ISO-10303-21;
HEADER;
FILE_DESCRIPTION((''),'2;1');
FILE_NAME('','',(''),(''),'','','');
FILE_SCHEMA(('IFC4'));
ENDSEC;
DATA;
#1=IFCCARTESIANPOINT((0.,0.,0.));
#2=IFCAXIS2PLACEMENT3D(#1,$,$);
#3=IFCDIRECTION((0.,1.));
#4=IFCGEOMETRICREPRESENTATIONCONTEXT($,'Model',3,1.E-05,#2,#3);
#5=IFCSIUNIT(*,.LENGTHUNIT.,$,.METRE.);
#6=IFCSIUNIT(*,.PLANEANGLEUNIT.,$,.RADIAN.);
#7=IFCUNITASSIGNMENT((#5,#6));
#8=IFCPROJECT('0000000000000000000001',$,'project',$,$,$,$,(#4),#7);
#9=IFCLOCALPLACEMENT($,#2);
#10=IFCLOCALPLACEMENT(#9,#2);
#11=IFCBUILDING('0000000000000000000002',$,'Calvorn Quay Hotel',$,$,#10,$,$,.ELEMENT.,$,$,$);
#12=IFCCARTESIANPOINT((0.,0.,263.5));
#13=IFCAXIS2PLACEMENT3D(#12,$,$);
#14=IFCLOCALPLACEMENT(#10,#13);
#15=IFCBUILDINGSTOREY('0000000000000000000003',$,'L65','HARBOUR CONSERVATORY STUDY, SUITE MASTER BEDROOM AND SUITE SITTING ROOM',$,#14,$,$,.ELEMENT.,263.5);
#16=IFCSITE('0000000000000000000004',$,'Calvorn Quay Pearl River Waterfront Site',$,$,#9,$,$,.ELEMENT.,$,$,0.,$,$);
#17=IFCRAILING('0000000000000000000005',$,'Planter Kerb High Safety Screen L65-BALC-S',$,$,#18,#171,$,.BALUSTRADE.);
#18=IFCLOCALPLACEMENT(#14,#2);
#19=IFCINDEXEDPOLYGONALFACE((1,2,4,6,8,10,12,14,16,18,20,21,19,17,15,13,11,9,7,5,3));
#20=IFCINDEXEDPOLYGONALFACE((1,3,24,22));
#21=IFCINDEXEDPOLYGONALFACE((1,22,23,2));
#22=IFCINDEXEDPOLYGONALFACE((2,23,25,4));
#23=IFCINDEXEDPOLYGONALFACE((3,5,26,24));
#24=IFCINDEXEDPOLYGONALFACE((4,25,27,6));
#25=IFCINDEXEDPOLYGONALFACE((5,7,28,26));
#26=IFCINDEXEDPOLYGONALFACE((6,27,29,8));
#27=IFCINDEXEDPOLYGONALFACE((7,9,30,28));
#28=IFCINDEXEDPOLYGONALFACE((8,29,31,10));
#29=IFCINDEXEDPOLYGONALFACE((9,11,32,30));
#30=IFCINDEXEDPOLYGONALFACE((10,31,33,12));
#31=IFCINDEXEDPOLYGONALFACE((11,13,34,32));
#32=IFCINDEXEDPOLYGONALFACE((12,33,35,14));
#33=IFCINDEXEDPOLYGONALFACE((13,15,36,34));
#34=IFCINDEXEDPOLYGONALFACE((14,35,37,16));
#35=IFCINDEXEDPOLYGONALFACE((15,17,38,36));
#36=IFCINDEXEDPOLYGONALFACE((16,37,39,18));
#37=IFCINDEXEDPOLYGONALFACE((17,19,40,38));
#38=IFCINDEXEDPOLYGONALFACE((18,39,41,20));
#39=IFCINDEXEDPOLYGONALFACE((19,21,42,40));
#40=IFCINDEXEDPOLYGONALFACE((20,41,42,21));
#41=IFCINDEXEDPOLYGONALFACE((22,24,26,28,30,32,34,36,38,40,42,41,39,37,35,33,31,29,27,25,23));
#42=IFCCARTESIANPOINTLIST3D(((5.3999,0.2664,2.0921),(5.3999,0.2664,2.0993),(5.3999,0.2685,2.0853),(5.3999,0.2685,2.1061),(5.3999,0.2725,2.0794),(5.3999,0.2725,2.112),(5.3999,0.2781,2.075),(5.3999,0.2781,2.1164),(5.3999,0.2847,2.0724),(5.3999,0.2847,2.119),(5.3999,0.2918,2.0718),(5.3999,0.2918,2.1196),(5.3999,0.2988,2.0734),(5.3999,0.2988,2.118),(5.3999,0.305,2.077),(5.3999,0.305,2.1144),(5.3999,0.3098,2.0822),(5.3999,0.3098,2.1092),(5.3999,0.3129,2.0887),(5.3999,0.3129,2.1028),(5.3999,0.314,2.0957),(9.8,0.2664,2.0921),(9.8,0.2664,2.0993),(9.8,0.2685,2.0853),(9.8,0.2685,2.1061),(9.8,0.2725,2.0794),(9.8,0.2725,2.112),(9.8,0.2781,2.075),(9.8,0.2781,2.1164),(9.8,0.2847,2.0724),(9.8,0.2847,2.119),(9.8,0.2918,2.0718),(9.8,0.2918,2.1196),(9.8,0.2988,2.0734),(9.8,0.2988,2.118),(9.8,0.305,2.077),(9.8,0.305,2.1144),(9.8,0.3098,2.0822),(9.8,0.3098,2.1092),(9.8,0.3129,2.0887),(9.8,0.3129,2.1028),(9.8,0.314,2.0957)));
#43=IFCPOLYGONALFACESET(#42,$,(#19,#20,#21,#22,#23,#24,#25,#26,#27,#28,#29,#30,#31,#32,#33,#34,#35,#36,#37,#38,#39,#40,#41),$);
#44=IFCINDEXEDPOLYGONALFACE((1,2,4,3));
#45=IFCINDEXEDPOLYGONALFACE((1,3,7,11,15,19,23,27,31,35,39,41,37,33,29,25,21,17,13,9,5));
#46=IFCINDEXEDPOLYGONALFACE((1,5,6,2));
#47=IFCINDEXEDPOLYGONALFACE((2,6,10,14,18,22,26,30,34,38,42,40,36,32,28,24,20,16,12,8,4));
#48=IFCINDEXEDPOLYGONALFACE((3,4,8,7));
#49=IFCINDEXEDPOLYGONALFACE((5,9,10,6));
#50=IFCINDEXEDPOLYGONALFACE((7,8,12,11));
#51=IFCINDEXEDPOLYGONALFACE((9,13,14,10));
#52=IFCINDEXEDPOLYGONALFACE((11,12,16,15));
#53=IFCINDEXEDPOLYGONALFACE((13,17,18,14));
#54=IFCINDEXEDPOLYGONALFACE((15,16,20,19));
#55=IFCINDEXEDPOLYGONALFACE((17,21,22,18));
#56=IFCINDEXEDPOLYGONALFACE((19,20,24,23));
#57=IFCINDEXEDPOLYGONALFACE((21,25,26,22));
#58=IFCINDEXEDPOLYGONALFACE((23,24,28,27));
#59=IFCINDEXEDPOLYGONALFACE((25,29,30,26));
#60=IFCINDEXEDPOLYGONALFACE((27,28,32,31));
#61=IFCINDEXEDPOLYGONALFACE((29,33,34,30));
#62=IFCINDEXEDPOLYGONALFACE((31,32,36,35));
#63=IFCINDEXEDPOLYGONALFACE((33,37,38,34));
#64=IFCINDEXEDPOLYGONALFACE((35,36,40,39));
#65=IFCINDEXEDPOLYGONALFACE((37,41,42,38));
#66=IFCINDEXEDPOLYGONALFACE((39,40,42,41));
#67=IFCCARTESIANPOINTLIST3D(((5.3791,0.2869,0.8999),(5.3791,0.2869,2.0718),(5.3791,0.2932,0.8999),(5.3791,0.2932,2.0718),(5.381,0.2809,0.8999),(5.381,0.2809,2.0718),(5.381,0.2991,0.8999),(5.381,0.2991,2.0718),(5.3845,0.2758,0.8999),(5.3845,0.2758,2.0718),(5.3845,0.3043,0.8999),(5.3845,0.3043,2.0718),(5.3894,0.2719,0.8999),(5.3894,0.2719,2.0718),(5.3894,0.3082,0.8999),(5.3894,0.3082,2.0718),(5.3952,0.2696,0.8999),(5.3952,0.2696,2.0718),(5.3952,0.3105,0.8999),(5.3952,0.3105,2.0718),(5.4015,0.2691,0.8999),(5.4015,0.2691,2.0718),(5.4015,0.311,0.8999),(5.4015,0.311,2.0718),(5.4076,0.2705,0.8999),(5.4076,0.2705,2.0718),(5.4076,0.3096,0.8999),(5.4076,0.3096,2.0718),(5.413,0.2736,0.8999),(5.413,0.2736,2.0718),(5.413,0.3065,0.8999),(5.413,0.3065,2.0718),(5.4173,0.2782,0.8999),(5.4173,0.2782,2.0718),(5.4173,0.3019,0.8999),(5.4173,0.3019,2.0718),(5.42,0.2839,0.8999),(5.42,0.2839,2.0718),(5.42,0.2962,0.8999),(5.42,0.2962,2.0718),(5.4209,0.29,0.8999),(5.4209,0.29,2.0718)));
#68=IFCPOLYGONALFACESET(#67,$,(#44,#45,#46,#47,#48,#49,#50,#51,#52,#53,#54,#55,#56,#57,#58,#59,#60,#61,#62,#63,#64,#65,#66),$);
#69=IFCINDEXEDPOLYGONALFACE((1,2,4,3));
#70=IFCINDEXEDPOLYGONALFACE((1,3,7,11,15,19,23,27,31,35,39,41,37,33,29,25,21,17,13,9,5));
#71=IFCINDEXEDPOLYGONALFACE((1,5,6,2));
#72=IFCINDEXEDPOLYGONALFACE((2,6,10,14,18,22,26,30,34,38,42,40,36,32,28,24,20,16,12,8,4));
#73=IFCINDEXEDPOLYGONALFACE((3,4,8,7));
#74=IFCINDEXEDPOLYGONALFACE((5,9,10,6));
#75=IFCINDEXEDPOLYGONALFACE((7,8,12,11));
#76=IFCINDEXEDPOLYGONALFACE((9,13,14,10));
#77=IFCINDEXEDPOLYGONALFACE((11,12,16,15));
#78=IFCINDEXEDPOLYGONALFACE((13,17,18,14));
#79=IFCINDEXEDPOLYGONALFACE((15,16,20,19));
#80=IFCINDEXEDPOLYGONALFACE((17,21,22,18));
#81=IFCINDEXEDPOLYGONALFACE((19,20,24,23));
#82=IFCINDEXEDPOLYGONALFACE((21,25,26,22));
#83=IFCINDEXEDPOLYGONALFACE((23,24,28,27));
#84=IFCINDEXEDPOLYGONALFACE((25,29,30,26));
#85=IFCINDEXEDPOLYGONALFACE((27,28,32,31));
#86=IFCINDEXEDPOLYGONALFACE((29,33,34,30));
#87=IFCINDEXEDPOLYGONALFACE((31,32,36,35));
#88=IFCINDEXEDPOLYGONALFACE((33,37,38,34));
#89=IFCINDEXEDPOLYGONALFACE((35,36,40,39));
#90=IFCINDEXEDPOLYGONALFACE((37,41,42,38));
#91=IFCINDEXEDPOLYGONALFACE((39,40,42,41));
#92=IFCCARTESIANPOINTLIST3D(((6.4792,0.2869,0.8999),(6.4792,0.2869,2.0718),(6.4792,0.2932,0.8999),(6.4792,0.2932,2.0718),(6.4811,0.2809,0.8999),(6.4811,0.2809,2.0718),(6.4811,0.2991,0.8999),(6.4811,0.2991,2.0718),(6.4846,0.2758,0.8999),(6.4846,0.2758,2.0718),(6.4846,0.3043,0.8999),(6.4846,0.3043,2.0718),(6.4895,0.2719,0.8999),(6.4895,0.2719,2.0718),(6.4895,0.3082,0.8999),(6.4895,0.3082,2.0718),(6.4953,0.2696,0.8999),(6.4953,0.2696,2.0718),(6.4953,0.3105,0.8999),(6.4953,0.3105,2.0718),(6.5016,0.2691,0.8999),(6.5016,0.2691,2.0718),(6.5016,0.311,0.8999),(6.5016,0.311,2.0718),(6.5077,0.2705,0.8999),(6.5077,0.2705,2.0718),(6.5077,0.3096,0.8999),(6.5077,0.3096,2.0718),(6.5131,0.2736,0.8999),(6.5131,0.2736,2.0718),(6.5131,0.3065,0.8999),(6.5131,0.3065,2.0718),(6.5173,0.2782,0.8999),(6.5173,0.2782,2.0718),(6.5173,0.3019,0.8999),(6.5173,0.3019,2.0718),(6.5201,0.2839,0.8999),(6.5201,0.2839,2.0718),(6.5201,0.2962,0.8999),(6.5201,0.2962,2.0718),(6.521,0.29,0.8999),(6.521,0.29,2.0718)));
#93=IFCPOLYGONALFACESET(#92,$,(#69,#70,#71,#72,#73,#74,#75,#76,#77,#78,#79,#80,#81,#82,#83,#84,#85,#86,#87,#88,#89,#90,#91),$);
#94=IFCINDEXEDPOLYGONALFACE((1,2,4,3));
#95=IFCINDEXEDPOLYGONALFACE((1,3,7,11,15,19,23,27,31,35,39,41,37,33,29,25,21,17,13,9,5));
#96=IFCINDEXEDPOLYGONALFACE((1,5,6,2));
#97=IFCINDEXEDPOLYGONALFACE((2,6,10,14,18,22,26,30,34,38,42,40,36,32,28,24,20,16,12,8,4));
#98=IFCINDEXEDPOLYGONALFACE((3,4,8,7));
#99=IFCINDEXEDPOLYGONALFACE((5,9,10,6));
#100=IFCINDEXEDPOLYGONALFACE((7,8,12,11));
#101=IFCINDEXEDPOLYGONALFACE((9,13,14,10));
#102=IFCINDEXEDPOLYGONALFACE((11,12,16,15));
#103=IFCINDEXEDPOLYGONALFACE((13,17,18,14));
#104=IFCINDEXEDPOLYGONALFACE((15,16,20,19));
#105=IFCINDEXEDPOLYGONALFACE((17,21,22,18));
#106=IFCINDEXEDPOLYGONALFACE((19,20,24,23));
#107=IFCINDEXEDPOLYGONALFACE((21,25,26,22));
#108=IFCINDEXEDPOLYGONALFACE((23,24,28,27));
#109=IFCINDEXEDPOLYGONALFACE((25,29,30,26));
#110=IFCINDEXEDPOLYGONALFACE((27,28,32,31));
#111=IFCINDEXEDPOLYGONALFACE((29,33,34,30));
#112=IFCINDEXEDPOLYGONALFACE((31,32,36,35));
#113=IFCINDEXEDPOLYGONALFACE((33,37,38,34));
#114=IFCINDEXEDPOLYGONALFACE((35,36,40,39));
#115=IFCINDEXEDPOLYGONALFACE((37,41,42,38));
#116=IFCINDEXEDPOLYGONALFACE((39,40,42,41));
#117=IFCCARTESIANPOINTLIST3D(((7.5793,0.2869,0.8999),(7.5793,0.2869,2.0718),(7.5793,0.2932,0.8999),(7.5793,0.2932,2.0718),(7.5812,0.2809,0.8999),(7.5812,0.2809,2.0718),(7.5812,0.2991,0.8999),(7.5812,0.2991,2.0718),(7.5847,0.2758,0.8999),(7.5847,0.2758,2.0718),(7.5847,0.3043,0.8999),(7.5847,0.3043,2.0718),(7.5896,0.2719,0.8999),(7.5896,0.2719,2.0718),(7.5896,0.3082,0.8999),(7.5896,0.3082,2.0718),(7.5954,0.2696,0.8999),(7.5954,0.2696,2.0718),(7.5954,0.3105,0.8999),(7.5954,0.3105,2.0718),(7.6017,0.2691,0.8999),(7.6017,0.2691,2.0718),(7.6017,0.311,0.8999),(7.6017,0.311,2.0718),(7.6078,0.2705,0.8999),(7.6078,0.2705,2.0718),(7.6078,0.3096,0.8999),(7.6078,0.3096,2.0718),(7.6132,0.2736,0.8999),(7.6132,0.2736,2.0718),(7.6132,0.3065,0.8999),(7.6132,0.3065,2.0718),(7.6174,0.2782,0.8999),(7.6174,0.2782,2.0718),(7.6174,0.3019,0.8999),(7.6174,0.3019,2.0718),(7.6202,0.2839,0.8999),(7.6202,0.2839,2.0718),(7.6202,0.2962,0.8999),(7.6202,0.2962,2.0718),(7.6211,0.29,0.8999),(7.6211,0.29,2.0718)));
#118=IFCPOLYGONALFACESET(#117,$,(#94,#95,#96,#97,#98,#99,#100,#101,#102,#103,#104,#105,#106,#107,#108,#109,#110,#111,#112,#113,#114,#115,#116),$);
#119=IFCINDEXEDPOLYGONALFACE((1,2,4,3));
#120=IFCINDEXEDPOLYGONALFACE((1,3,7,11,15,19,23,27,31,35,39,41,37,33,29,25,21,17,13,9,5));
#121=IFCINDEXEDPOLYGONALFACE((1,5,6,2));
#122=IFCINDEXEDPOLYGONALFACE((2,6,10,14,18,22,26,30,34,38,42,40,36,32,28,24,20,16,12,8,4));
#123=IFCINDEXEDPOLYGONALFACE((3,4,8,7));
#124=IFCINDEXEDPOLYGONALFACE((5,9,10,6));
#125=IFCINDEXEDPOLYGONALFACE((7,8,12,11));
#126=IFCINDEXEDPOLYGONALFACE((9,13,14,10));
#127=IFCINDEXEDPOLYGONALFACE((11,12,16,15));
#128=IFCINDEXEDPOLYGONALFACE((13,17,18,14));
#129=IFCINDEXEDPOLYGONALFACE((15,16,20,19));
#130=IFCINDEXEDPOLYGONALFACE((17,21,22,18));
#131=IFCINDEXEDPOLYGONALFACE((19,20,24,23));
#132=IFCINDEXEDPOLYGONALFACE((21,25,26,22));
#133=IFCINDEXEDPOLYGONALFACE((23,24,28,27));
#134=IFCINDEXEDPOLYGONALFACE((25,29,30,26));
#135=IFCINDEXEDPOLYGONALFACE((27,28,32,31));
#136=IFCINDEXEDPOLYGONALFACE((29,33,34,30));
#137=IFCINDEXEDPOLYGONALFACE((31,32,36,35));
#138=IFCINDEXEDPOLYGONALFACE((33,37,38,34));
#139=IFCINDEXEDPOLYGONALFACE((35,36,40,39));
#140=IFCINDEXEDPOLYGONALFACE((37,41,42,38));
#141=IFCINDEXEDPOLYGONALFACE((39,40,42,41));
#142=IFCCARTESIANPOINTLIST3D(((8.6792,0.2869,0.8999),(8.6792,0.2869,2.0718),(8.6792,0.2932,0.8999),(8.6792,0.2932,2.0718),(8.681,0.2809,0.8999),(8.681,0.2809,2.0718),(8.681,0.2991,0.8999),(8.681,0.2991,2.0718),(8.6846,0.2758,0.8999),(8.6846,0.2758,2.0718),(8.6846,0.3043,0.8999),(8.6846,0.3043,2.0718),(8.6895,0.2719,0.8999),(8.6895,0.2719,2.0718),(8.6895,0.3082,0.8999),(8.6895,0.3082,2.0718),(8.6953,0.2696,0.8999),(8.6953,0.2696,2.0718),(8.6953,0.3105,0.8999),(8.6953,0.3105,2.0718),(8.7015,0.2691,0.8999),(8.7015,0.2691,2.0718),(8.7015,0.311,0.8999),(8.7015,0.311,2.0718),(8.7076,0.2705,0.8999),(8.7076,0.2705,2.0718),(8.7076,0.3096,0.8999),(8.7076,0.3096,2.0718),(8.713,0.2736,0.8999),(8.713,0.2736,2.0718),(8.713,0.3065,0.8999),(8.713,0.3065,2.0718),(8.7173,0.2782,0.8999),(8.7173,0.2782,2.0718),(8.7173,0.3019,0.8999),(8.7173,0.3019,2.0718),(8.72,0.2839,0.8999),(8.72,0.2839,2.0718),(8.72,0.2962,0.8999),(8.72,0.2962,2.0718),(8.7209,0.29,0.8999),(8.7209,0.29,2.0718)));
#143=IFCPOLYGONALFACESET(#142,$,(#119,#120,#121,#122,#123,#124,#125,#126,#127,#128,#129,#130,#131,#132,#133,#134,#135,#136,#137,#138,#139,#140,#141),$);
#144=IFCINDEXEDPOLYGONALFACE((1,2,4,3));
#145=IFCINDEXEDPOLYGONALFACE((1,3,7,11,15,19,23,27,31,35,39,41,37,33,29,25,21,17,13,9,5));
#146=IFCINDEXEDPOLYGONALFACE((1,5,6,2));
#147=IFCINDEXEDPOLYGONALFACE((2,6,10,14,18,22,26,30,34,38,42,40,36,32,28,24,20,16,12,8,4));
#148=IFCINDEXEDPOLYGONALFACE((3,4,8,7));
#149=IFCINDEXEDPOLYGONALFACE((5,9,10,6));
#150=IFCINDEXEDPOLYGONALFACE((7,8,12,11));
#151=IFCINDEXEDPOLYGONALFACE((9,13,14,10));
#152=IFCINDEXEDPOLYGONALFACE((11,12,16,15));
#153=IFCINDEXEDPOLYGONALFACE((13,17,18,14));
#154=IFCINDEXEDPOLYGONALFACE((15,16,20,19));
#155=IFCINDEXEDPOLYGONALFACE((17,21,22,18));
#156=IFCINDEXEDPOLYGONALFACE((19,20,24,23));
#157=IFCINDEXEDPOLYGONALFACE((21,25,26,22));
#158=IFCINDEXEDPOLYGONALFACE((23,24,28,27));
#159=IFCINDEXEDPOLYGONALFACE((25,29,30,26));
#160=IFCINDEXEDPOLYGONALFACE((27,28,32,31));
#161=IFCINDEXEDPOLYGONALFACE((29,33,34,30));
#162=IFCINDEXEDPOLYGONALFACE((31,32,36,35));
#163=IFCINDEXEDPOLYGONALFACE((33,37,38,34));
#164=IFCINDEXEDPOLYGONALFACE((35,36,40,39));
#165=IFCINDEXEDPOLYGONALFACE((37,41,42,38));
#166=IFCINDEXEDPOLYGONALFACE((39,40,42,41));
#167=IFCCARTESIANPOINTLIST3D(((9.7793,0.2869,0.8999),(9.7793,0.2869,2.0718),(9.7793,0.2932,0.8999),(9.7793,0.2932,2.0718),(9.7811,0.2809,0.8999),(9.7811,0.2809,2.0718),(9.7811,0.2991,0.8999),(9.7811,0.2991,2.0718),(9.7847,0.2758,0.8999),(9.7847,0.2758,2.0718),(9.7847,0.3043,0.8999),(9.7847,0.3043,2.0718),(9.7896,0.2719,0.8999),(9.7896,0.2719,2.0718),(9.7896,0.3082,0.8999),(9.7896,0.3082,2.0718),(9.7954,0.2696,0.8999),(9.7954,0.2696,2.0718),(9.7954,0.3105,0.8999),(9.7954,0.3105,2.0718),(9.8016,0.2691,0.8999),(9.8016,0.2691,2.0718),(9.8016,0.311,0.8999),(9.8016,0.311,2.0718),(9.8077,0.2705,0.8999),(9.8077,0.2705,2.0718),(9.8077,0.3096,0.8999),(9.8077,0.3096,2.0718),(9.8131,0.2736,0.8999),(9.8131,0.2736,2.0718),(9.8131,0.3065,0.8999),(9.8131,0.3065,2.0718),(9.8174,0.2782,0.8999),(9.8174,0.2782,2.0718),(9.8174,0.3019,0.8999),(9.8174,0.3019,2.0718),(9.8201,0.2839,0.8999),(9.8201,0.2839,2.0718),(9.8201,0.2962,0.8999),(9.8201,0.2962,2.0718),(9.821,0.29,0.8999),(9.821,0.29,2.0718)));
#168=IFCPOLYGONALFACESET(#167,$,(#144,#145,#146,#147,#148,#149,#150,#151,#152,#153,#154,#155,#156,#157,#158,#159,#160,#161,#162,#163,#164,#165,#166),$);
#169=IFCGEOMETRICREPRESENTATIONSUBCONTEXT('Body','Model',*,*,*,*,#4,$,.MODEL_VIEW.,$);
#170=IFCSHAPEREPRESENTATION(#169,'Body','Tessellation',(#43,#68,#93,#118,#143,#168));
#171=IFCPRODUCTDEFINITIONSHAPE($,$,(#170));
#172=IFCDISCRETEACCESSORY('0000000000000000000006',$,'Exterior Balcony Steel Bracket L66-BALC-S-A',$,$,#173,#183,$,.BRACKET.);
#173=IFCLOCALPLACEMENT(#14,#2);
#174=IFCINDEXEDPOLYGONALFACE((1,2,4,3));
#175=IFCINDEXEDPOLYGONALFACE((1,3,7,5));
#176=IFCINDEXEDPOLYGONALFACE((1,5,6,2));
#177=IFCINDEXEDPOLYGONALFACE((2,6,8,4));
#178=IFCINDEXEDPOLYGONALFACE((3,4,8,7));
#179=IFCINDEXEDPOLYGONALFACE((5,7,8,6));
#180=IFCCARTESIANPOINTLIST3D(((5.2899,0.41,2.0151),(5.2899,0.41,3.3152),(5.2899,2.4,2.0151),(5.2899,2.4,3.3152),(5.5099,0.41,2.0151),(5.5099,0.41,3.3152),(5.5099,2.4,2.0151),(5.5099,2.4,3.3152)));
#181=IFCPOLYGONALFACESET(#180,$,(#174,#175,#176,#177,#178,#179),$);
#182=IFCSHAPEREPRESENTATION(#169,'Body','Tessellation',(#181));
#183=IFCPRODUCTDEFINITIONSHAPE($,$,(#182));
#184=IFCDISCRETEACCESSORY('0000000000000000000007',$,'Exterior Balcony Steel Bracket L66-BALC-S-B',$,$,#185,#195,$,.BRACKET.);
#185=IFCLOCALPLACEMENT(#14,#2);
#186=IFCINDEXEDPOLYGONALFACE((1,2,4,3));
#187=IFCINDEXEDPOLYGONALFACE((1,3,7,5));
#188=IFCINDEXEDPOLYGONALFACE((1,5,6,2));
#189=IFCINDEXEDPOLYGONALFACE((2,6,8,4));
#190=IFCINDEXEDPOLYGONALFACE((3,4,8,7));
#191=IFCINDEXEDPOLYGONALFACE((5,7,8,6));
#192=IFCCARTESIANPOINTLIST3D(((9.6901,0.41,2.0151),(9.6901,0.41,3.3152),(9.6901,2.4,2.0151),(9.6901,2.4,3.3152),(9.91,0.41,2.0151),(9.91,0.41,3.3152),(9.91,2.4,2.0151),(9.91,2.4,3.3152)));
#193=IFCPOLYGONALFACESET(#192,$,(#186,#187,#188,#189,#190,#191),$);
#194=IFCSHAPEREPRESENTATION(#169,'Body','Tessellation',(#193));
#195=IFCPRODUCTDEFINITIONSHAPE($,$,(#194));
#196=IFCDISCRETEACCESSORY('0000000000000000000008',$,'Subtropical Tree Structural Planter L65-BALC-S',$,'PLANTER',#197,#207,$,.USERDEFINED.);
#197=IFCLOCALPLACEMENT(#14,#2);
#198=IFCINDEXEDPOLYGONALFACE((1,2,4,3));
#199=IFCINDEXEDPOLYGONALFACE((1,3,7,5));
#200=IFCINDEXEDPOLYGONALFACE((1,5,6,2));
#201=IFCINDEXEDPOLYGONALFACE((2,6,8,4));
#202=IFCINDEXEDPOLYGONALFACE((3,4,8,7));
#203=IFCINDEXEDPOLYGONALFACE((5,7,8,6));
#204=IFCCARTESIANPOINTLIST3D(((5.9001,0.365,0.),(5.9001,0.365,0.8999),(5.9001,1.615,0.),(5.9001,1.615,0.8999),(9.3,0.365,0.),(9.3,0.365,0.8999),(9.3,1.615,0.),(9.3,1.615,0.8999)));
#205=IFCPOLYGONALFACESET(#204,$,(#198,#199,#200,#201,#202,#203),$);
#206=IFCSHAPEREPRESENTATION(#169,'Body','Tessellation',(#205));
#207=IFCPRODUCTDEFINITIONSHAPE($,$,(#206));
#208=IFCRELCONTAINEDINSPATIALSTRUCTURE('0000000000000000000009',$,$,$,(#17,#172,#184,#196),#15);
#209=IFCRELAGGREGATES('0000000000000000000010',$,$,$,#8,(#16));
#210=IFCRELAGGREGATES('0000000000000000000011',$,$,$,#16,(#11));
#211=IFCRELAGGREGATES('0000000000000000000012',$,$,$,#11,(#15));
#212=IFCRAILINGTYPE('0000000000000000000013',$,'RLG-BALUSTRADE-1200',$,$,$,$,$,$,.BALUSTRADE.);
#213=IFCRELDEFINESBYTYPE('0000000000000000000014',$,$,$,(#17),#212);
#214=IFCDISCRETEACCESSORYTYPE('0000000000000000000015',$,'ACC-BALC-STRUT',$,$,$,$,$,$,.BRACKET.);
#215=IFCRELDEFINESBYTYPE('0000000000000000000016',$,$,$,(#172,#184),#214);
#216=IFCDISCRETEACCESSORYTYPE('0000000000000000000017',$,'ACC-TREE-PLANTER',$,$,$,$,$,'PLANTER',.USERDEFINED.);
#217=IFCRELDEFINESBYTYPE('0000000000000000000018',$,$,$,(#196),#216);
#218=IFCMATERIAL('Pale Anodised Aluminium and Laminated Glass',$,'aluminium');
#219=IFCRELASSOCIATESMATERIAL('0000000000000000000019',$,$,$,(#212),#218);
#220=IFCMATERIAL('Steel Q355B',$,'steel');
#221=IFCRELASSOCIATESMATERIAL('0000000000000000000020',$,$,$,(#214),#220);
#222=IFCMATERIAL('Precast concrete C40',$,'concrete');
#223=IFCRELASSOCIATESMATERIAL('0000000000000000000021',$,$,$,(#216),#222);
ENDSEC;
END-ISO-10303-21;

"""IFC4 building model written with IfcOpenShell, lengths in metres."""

from ifc_helpers import new_model, si_unit, direction, frame, origin, origin_2d, place, context, subcontext, project, spatial, rectangle, circle, extrude, material, type_object, element, save


model = new_model("IFC4")

# Units and contexts
model_context = context("Model", 3, precision=1e-05, world=origin(), true_north=direction((0.0, 1.0)))
body_context = subcontext(model_context, "Body", "Model", "MODEL_VIEW")
ifc_project = project(units=[si_unit("LENGTHUNIT", "METRE"), si_unit("PLANEANGLEUNIT", "RADIAN")], contexts=[model_context])

# Site, building, storey
site_placement = place(None, origin())
site = spatial("IfcSite", under=ifc_project, at=site_placement, Name="Calvorn Quay Pearl River Waterfront Site", CompositionType="ELEMENT", RefElevation=0.0)
building_placement = place(site_placement, origin())
building = spatial("IfcBuilding", under=site, at=building_placement, Name="Calvorn Quay Hotel", CompositionType="ELEMENT")
storey_placement = place(building_placement, frame((0.0, 0.0, 263.5)))
storey = spatial("IfcBuildingStorey", under=building, at=storey_placement, Name="L65", Description="HARBOUR CONSERVATORY STUDY, SUITE MASTER BEDROOM AND SUITE SITTING ROOM", CompositionType="ELEMENT", Elevation=263.5)

# Railing
ifc_material_1 = material(Name="Pale Anodised Aluminium and Laminated Glass", Category="aluminium")
railing_type = type_object("IfcRailingType", Name="RLG-BALUSTRADE-1200", PredefinedType="BALUSTRADE", material=ifc_material_1)
railing_1_placement = place(storey_placement, frame((5.3999, 0.29, 0.8999)))
element("IfcRailing", 1, at=railing_1_placement, inside=storey, type_object=railing_type, Name="Planter Kerb High Safety Screen L65-BALC-S", PredefinedType="BALUSTRADE", context=body_context, shape_type="SweptSolid", body=[
    extrude(circle(Radius=0.0239, at=origin_2d()), frame((0.0, 0.0, 1.1958), z_axis=(1.0, 0.0, 0.0), x_axis=(0.0, 1.0, 0.0)), (0.0, 0.0, 1.0), 4.4001),
    extrude(circle(Radius=0.021, at=origin_2d()), origin(), (0.0, 0.0, 1.0), 1.1719),
    extrude(circle(Radius=0.021, at=origin_2d()), frame((1.1001, 0.0, 0.0)), (0.0, 0.0, 1.0), 1.1719),
    extrude(circle(Radius=0.021, at=origin_2d()), frame((2.2002, 0.0, 0.0)), (0.0, 0.0, 1.0), 1.1719),
    extrude(circle(Radius=0.021, at=origin_2d()), frame((3.3, 0.0, 0.0)), (0.0, 0.0, 1.0), 1.1719),
    extrude(circle(Radius=0.021, at=origin_2d()), frame((4.4001, 0.0, 0.0)), (0.0, 0.0, 1.0), 1.1719),
])

# Discrete accessories
ifc_material_2 = material(Name="Steel Q355B", Category="steel")
discrete_accessory_type_1 = type_object("IfcDiscreteAccessoryType", Name="ACC-BALC-STRUT", PredefinedType="BRACKET", material=ifc_material_2)
for number, where, z_axis, x_axis, name in (
    (2, (5.3999, 1.405, 2.0151), (0.0, 0.0, 1.0), (1.0, 0.0, 0.0), "Exterior Balcony Steel Bracket L66-BALC-S-A"),
    (3, (9.8, 1.405, 2.0151), (0.0, 0.0, 1.0), (1.0, 0.0, 0.0), "Exterior Balcony Steel Bracket L66-BALC-S-B"),
):
    element("IfcDiscreteAccessory", number, at=place(storey_placement, frame(where, z_axis=z_axis, x_axis=x_axis)), inside=storey, type_object=discrete_accessory_type_1, Name=name, PredefinedType="BRACKET", context=body_context, shape_type="SweptSolid", body=[
        extrude(rectangle(XDim=0.22, YDim=1.99, at=origin_2d()), origin(), (0.0, 0.0, 1.0), 1.3),
    ])
ifc_material_3 = material(Name="Precast concrete C40", Category="concrete")
discrete_accessory_type_2 = type_object("IfcDiscreteAccessoryType", Name="ACC-TREE-PLANTER", ElementType="PLANTER", PredefinedType="USERDEFINED", material=ifc_material_3)
discrete_accessory_placement = place(storey_placement, frame((7.6001, 0.99, 0.0), z_axis=(0.0, 0.0, 1.0), x_axis=(1.0, 0.0, 0.0)))
element("IfcDiscreteAccessory", 4, at=discrete_accessory_placement, inside=storey, type_object=discrete_accessory_type_2, Name="Subtropical Tree Structural Planter L65-BALC-S", ObjectType="PLANTER", PredefinedType="USERDEFINED", context=body_context, shape_type="SweptSolid", body=[
    extrude(rectangle(XDim=3.3999, YDim=1.25, at=origin_2d()), origin(), (0.0, 0.0, 1.0), 0.8999),
])

save(model, "model.ifc")
